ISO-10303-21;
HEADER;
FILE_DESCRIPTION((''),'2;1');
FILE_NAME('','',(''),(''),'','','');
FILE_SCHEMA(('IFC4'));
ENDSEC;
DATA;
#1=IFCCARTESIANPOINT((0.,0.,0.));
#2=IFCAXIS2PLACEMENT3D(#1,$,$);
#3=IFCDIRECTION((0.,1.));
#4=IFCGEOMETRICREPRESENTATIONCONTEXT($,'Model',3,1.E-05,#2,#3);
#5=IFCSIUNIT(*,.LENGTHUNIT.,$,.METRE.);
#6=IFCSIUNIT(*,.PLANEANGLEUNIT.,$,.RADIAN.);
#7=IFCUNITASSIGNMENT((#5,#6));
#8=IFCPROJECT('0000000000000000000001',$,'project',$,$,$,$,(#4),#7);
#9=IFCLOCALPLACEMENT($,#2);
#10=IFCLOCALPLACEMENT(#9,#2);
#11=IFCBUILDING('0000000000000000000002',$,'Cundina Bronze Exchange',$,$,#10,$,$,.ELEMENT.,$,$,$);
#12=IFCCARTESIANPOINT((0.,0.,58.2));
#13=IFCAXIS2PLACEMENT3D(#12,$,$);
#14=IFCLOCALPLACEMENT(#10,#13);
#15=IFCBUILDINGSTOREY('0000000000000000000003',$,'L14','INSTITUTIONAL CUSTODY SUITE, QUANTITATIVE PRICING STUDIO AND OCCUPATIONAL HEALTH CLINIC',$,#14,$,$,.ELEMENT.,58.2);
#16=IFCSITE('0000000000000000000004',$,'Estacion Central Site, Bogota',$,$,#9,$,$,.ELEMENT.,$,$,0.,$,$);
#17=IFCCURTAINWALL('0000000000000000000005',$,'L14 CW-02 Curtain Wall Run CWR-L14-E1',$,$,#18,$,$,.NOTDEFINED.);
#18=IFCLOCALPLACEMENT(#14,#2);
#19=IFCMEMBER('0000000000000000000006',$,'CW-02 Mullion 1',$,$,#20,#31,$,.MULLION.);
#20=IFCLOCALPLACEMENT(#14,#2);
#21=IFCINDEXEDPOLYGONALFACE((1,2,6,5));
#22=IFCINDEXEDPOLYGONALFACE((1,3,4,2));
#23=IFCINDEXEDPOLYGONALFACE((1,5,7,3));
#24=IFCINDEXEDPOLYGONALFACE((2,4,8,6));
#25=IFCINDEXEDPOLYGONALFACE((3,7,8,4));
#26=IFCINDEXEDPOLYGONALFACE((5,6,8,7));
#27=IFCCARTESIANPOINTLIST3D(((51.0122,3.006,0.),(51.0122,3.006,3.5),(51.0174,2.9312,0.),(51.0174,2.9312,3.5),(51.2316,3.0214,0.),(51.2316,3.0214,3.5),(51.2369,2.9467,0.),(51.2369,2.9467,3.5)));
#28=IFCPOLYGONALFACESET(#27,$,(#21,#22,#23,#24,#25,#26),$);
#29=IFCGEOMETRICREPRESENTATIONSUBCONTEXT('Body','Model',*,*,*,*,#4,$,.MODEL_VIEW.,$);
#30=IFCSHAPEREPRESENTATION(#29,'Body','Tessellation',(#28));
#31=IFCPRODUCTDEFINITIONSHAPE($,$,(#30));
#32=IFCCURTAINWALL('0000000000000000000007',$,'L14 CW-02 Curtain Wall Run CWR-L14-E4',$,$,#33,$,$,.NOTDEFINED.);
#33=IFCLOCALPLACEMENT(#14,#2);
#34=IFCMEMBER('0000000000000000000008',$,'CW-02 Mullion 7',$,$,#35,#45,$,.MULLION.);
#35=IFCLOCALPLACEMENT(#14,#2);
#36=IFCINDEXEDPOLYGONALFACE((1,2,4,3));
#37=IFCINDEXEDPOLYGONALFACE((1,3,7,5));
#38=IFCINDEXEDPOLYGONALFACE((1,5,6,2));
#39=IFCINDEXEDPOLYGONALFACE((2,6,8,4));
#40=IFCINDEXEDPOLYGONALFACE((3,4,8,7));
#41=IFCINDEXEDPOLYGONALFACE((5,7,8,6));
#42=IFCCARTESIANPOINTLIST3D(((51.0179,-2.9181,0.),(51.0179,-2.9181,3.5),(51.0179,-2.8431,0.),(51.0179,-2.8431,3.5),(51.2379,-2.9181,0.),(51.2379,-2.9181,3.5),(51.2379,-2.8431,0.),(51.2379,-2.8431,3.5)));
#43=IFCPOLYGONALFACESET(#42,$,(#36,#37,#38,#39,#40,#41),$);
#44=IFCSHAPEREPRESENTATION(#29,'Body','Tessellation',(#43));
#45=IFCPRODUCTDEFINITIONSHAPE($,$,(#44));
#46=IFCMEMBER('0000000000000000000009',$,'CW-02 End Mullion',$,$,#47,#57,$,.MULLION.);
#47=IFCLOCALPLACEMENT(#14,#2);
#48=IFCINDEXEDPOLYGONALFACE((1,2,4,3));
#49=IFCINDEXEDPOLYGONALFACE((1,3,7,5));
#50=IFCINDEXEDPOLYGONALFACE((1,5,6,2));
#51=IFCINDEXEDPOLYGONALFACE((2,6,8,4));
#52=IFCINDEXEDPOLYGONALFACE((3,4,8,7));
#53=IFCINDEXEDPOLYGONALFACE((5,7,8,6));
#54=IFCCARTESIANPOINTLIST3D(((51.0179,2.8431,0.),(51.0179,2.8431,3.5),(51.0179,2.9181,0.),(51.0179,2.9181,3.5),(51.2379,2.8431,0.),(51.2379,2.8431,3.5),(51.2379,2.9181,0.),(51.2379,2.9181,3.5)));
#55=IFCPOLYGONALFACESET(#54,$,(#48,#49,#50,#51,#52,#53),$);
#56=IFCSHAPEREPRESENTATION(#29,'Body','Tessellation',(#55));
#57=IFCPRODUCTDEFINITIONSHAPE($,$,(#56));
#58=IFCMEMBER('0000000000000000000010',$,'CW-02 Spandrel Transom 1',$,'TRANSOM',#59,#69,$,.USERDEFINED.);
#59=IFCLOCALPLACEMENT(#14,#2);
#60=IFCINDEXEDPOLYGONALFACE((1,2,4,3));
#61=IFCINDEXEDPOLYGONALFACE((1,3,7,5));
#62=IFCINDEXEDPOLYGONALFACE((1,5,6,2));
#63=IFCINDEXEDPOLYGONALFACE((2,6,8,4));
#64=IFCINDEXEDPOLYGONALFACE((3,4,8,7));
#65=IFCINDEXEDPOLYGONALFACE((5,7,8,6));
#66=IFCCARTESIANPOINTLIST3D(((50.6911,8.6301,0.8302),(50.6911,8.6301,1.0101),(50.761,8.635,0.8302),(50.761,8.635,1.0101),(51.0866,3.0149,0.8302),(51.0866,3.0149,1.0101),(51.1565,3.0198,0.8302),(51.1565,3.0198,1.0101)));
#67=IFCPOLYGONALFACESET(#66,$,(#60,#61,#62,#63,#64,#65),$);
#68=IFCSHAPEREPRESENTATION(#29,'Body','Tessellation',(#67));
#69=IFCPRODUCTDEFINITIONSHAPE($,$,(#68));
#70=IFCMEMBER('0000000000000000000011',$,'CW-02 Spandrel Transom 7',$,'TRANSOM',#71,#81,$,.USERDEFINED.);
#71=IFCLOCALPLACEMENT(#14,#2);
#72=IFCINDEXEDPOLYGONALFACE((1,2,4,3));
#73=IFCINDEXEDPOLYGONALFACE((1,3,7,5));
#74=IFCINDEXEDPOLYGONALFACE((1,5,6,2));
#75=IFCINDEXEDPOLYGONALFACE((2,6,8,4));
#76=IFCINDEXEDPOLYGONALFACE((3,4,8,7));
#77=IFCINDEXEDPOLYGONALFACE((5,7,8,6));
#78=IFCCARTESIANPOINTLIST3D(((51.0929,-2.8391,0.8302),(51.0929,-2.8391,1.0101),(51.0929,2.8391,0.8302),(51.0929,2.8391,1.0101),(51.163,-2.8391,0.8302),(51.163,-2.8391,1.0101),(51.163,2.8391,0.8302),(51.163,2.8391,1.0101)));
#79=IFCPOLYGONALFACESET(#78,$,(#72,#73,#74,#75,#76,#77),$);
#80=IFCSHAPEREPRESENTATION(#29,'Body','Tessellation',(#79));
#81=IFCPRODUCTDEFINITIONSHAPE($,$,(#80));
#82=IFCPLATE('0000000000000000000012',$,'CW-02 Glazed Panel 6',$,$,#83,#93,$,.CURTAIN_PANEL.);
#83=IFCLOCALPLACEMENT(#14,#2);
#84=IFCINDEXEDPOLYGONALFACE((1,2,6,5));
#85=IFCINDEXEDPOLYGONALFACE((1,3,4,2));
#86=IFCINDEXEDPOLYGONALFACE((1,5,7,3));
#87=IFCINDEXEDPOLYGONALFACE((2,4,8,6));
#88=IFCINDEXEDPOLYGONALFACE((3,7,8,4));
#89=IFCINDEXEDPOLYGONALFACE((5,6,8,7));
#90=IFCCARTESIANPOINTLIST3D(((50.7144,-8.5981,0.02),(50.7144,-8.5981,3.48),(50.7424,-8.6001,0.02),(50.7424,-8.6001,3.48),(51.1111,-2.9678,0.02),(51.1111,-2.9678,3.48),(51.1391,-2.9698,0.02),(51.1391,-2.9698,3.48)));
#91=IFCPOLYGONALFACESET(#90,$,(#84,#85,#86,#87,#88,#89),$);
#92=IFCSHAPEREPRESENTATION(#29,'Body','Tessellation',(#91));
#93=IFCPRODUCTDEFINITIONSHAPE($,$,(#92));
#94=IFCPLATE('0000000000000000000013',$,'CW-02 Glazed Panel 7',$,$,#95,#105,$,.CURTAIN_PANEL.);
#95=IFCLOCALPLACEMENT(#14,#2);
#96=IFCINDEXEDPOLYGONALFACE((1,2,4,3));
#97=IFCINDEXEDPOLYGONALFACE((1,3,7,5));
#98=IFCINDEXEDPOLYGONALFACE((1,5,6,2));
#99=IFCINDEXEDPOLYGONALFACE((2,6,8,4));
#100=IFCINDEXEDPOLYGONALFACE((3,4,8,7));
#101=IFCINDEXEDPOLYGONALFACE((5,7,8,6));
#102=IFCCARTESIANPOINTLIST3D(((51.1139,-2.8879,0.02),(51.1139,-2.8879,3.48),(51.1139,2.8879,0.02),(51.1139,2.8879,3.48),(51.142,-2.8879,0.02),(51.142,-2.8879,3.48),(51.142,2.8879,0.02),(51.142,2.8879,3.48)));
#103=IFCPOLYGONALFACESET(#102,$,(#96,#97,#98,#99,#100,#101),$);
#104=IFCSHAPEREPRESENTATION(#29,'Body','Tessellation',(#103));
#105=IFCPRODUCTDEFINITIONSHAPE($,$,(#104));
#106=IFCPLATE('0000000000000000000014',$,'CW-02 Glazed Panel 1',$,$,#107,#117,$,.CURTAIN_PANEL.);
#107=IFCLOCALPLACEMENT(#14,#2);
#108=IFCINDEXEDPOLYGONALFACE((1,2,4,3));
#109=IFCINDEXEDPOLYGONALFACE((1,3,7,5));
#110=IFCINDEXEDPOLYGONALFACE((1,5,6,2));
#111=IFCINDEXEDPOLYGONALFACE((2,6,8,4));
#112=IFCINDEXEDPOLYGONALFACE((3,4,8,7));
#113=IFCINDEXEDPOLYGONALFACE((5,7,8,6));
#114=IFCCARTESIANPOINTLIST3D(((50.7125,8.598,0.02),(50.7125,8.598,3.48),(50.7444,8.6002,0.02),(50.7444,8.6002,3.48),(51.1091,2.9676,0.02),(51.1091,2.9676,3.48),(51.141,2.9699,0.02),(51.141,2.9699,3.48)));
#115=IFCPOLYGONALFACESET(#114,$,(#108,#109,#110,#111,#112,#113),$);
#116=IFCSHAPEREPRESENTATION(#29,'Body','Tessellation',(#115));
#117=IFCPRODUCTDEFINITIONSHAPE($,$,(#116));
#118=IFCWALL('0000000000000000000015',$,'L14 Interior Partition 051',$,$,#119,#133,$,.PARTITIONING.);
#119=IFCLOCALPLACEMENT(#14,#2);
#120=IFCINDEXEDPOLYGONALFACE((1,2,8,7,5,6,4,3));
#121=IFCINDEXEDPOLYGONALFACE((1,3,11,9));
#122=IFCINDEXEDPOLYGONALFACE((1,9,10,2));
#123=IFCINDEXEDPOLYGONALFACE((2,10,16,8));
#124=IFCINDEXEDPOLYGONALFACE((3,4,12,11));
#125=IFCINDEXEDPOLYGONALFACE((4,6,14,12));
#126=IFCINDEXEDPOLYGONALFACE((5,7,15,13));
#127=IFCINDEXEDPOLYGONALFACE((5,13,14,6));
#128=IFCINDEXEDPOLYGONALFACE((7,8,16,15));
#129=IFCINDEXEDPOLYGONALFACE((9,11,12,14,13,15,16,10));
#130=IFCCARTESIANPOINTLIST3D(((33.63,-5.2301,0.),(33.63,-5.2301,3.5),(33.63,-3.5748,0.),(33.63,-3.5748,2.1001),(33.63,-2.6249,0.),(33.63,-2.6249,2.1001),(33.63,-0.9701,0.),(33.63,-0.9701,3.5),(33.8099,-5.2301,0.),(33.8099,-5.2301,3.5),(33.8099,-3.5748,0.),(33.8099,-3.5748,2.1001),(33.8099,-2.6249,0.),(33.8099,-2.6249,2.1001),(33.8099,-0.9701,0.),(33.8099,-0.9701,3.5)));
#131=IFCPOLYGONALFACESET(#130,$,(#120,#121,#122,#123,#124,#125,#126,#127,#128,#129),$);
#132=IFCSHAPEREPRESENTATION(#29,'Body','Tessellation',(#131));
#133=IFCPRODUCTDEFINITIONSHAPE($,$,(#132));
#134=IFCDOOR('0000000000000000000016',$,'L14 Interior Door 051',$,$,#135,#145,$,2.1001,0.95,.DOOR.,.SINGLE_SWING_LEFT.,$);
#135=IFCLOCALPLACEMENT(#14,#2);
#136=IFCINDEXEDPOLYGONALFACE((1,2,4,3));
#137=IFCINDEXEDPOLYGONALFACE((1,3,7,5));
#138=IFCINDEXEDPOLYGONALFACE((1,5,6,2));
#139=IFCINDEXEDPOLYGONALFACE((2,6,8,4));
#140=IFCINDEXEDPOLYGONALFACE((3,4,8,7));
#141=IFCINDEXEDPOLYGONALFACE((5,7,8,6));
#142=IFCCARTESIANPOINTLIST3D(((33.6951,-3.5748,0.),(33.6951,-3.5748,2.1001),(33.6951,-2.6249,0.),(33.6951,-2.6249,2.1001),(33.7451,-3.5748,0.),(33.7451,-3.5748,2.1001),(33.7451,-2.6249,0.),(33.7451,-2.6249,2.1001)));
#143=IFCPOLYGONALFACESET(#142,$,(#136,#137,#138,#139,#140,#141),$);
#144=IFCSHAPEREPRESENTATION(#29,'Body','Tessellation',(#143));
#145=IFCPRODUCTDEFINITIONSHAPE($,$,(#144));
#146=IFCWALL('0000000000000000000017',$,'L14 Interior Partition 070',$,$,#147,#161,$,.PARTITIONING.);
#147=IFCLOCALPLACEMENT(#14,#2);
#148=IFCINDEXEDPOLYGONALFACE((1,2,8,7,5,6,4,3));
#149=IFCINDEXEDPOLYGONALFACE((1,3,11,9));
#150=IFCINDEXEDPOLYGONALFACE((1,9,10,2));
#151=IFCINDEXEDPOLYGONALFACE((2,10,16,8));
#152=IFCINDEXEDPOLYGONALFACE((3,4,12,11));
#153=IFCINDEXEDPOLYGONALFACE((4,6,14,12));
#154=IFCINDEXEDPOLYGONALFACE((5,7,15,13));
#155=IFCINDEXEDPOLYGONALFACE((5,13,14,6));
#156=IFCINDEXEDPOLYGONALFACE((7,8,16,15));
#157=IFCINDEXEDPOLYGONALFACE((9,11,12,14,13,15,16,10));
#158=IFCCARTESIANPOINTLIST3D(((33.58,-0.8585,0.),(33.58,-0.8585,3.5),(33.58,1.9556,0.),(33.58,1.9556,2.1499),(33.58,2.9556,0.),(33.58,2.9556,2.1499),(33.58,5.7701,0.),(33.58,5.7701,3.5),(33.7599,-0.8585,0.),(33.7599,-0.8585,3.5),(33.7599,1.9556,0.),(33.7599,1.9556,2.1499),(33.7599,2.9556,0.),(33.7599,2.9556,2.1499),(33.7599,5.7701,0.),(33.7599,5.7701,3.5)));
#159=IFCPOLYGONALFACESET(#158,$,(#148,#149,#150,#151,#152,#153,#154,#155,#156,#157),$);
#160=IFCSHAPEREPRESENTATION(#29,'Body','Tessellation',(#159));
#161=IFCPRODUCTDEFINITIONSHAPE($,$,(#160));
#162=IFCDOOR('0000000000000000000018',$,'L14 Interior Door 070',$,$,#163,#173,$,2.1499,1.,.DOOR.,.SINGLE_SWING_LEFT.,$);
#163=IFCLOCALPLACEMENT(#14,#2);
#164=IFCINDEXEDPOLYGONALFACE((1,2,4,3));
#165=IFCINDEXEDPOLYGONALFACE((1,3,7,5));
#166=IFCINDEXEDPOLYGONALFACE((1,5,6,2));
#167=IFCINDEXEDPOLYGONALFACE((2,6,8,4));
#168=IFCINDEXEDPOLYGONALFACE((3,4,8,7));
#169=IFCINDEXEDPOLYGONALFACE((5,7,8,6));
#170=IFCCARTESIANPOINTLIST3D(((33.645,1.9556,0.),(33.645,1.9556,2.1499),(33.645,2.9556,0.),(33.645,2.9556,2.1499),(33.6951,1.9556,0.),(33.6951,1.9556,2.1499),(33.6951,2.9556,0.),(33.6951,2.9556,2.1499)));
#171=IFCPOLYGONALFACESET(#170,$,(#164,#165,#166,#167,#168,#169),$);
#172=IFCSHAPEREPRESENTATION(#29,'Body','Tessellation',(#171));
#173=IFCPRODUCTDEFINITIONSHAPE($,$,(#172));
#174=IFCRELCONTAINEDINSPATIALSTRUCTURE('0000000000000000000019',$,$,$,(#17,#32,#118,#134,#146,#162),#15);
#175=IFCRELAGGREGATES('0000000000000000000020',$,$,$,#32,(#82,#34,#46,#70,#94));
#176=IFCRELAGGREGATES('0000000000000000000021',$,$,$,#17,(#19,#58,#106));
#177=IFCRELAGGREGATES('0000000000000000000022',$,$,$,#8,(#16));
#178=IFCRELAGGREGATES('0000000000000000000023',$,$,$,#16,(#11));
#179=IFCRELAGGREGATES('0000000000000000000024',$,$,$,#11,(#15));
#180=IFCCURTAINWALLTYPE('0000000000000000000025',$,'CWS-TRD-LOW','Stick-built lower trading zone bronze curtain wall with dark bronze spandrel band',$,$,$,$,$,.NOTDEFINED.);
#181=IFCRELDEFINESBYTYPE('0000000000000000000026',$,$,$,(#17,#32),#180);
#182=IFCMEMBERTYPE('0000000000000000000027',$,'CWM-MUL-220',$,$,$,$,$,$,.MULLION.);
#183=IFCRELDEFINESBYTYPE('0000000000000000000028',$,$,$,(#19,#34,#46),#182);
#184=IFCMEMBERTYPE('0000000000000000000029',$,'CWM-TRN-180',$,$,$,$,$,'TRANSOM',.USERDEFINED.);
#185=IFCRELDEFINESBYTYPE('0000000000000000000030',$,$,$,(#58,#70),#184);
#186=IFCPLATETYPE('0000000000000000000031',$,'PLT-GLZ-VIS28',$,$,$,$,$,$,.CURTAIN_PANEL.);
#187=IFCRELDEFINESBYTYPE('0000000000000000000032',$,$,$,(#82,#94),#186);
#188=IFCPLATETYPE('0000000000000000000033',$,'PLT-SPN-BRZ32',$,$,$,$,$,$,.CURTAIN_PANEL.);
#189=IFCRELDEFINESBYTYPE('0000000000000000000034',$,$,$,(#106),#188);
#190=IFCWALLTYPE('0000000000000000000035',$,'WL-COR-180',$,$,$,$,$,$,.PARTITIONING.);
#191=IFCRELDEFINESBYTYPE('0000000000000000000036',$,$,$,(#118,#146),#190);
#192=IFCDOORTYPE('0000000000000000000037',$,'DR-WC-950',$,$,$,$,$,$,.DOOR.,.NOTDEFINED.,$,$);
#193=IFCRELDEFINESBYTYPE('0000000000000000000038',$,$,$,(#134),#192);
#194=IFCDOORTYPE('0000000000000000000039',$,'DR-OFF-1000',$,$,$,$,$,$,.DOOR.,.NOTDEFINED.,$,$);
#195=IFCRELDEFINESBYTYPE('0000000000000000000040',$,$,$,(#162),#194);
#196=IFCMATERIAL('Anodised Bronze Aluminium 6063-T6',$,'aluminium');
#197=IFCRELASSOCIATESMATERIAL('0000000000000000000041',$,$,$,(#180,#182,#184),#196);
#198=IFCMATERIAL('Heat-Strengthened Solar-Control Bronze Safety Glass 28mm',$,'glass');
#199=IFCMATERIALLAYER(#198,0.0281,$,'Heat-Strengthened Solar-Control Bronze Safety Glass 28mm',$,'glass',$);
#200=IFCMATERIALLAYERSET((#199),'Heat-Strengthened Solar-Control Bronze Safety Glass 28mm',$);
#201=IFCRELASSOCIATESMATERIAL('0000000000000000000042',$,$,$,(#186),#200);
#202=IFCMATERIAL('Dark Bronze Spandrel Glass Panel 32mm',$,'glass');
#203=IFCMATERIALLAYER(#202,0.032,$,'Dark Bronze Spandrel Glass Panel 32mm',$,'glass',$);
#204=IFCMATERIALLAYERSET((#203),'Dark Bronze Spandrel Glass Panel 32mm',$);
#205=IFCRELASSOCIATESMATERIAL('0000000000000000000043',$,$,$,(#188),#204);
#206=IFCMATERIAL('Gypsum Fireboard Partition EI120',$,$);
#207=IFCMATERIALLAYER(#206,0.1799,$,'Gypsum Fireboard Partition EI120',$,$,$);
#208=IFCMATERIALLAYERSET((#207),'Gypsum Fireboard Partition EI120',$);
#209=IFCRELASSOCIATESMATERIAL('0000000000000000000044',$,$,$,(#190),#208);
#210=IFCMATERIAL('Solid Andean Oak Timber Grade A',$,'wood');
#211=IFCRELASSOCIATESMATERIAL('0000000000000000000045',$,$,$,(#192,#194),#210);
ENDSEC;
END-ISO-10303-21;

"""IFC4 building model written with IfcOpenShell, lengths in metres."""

from ifc_helpers import new_model, si_unit, direction, frame, frame_2d, origin, origin_2d, place, context, subcontext, project, spatial, rectangle, extrude, material, layer, layer_set, material_profile, profile_set, type_object, element, fill, aggregate, save


model = new_model("IFC4")

# Units and contexts
model_context = context("Model", 3, precision=1e-05, world=origin(), true_north=direction((0.0, 1.0)))
body_context = subcontext(model_context, "Body", "Model", "MODEL_VIEW")
ifc_project = project(units=[si_unit("LENGTHUNIT", "METRE"), si_unit("PLANEANGLEUNIT", "RADIAN")], contexts=[model_context])

# Site, building, storey
site_placement = place(None, origin())
site = spatial("IfcSite", under=ifc_project, at=site_placement, Name="Estacion Central Site, Bogota", CompositionType="ELEMENT", RefElevation=0.0)
building_placement = place(site_placement, origin())
building = spatial("IfcBuilding", under=site, at=building_placement, Name="Cundina Bronze Exchange", CompositionType="ELEMENT")
storey_placement = place(building_placement, frame((0.0, 0.0, 58.2)))
storey = spatial("IfcBuildingStorey", under=building, at=storey_placement, Name="L14", Description="INSTITUTIONAL CUSTODY SUITE, QUANTITATIVE PRICING STUDIO AND OCCUPATIONAL HEALTH CLINIC", CompositionType="ELEMENT", Elevation=58.2)

# Curtain wall, member
ifc_material_1 = material(Name="Anodised Bronze Aluminium 6063-T6", Category="aluminium")
curtain_wall_type = type_object("IfcCurtainWallType", Name="CWS-TRD-LOW", Description="Stick-built lower trading zone bronze curtain wall with dark bronze spandrel band", PredefinedType="NOTDEFINED", material=ifc_material_1)
curtain_wall_1_placement = place(storey_placement, origin())
curtain_wall_1 = element("IfcCurtainWall", 1, at=curtain_wall_1_placement, inside=storey, type_object=curtain_wall_type, Name="L14 CW-02 Curtain Wall Run CWR-L14-E1", PredefinedType="NOTDEFINED")
ifc_material_profile_1 = material_profile(ifc_material_1, rectangle(XDim=0.075, YDim=0.22, at=origin_2d()), Name="AL75X220", Category="aluminium")
ifc_profile_set_1 = profile_set([ifc_material_profile_1], Name="Anodised Bronze Aluminium 6063-T6")
member_type_1 = type_object("IfcMemberType", Name="CWM-MUL-220", PredefinedType="MULLION", material=ifc_profile_set_1)
member_1_placement = place(storey_placement, frame((51.1245, 2.9763, 0.0), z_axis=(0.0, 0.0, 1.0), x_axis=(-0.070279, 0.997527, 0.0)))
member_1 = element("IfcMember", 2, at=member_1_placement, type_object=member_type_1, Name="CW-02 Mullion 1", PredefinedType="MULLION", context=body_context, shape_type="SweptSolid", body=[
    extrude(rectangle(XDim=0.075, YDim=0.22, at=origin_2d()), origin(), (0.0, 0.0, 1.0), 3.5),
])

# Curtain wall, members
curtain_wall_2_placement = place(storey_placement, origin())
curtain_wall_2 = element("IfcCurtainWall", 3, at=curtain_wall_2_placement, inside=storey, type_object=curtain_wall_type, Name="L14 CW-02 Curtain Wall Run CWR-L14-E4", PredefinedType="NOTDEFINED")
member_2_placement = place(storey_placement, frame((51.1279, -2.8806, 0.0), z_axis=(0.0, 0.0, 1.0), x_axis=(0.0, 1.0, 0.0)))
member_2 = element("IfcMember", 4, at=member_2_placement, type_object=member_type_1, Name="CW-02 Mullion 7", PredefinedType="MULLION", context=body_context, shape_type="SweptSolid", body=[
    extrude(rectangle(XDim=0.075, YDim=0.22, at=origin_2d()), origin(), (0.0, 0.0, 1.0), 3.5),
])
member_3_placement = place(storey_placement, frame((51.1279, 2.8806, 0.0), z_axis=(0.0, 0.0, 1.0), x_axis=(0.0, 1.0, 0.0)))
member_3 = element("IfcMember", 5, at=member_3_placement, type_object=member_type_1, Name="CW-02 End Mullion", PredefinedType="MULLION", context=body_context, shape_type="SweptSolid", body=[
    extrude(rectangle(XDim=0.075, YDim=0.22, at=origin_2d()), origin(), (0.0, 0.0, 1.0), 3.5),
])

# Members
ifc_material_profile_2 = material_profile(ifc_material_1, rectangle(XDim=0.0701, YDim=0.1799, at=origin_2d()), Name="AL70X180", Category="aluminium")
ifc_profile_set_2 = profile_set([ifc_material_profile_2], Name="Anodised Bronze Aluminium 6063-T6")
member_type_2 = type_object("IfcMemberType", Name="CWM-TRN-180", ElementType="TRANSOM", PredefinedType="USERDEFINED", material=ifc_profile_set_2)
member_4_placement = place(storey_placement, frame((51.1216, 3.0173, 0.9202), z_axis=(-0.070261, 0.997529, 0.0), x_axis=(-0.997529, -0.070261, 0.0)))
member_4 = element("IfcMember", 6, at=member_4_placement, type_object=member_type_2, Name="CW-02 Spandrel Transom 1", ObjectType="TRANSOM", PredefinedType="USERDEFINED", context=body_context, shape_type="SweptSolid", body=[
    extrude(rectangle(XDim=0.0701, YDim=0.1799, at=origin_2d()), origin(), (0.0, 0.0, 1.0), 5.6292),
])
member_5_placement = place(storey_placement, frame((51.1279, -2.8391, 0.9202), z_axis=(0.0, 1.0, 0.0), x_axis=(-1.0, 0.0, 0.0)))
member_5 = element("IfcMember", 7, at=member_5_placement, type_object=member_type_2, Name="CW-02 Spandrel Transom 7", ObjectType="TRANSOM", PredefinedType="USERDEFINED", context=body_context, shape_type="SweptSolid", body=[
    extrude(rectangle(XDim=0.0701, YDim=0.1799, at=origin_2d()), origin(), (0.0, 0.0, 1.0), 5.6782),
])

# Plates
ifc_material_2 = material(Name="Heat-Strengthened Solar-Control Bronze Safety Glass 28mm", Category="glass")
ifc_layer_1 = layer(ifc_material_2, 0.0281, Name="Heat-Strengthened Solar-Control Bronze Safety Glass 28mm", Category="glass")
ifc_layer_set_1 = layer_set([ifc_layer_1], Name="Heat-Strengthened Solar-Control Bronze Safety Glass 28mm")
plate_type_1 = type_object("IfcPlateType", Name="PLT-GLZ-VIS28", PredefinedType="CURTAIN_PANEL", material=ifc_layer_set_1)
plate_1_placement = place(storey_placement, frame((50.9268, -5.7839, 0.02), z_axis=(0.0, 0.0, 1.0), x_axis=(0.070279, 0.997527, 0.0)))
plate_1 = element("IfcPlate", 8, at=plate_1_placement, type_object=plate_type_1, Name="CW-02 Glazed Panel 6", PredefinedType="CURTAIN_PANEL", context=body_context, shape_type="SweptSolid", body=[
    extrude(rectangle(XDim=5.6443, YDim=0.0281, at=origin_2d()), origin(), (0.0, 0.0, 1.0), 3.46),
])
plate_2_placement = place(storey_placement, frame((51.1279, 0.0, 0.02), z_axis=(0.0, 0.0, 1.0), x_axis=(0.0, 1.0, 0.0)))
plate_2 = element("IfcPlate", 9, at=plate_2_placement, type_object=plate_type_1, Name="CW-02 Glazed Panel 7", PredefinedType="CURTAIN_PANEL", context=body_context, shape_type="SweptSolid", body=[
    extrude(rectangle(XDim=5.7759, YDim=0.0281, at=origin_2d()), origin(), (0.0, 0.0, 1.0), 3.46),
])
aggregate(curtain_wall_2, [plate_1, member_2, member_3, member_5, plate_2])
ifc_material_3 = material(Name="Dark Bronze Spandrel Glass Panel 32mm", Category="glass")
ifc_layer_2 = layer(ifc_material_3, 0.032, Name="Dark Bronze Spandrel Glass Panel 32mm", Category="glass")
ifc_layer_set_2 = layer_set([ifc_layer_2], Name="Dark Bronze Spandrel Glass Panel 32mm")
plate_type_2 = type_object("IfcPlateType", Name="PLT-SPN-BRZ32", PredefinedType="CURTAIN_PANEL", material=ifc_layer_set_2)
plate_3_placement = place(storey_placement, frame((50.9268, 5.7839, 0.02), z_axis=(0.0, 0.0, 1.0), x_axis=(-0.070279, 0.997527, 0.0)))
plate_3 = element("IfcPlate", 10, at=plate_3_placement, type_object=plate_type_2, Name="CW-02 Glazed Panel 1", PredefinedType="CURTAIN_PANEL", context=body_context, shape_type="SweptSolid", body=[
    extrude(rectangle(XDim=5.6443, YDim=0.032, at=origin_2d()), origin(), (0.0, 0.0, 1.0), 3.46),
])
aggregate(curtain_wall_1, [member_1, member_4, plate_3])

# Walls, openings, doors
ifc_material_4 = material(Name="Gypsum Fireboard Partition EI120")
ifc_layer_3 = layer(ifc_material_4, 0.1799, Name="Gypsum Fireboard Partition EI120")
ifc_layer_set_3 = layer_set([ifc_layer_3], Name="Gypsum Fireboard Partition EI120")
wall_type_1 = type_object("IfcWallType", Name="WL-COR-180", PredefinedType="PARTITIONING", material=ifc_layer_set_3)
wall_1_placement = place(storey_placement, frame((33.72, -5.23, 0.0), z_axis=(0.0, 0.0, 1.0), x_axis=(0.0, 1.0, 0.0)))
wall_1 = element("IfcWall", 11, at=wall_1_placement, inside=storey, type_object=wall_type_1, Name="L14 Interior Partition 051", PredefinedType="PARTITIONING", context=body_context, shape_type="SweptSolid", body=[
    extrude(rectangle(XDim=4.26, YDim=0.1799, at=frame_2d((2.1299, 0.0))), origin(), (0.0, 0.0, 1.0), 3.5),
])
opening_1_placement = place(wall_1_placement, frame((1.655, 0.0, 0.0)))
opening_1 = element("IfcOpeningElement", 12, at=opening_1_placement, cuts=wall_1, PredefinedType="OPENING", context=body_context, shape_type="SweptSolid", body=[
    extrude(rectangle(XDim=0.95, YDim=2.1001, at=frame_2d((0.4751, 1.05))), frame((0.0, 0.0999, 0.0), z_axis=(0.0, -1.0, 0.0), x_axis=(1.0, 0.0, 0.0)), (0.0, 0.0, 1.0), 0.2),
])
ifc_material_5 = material(Name="Solid Andean Oak Timber Grade A", Category="wood")
door_type_1 = type_object("IfcDoorType", Name="DR-WC-950", OperationType="NOTDEFINED", PredefinedType="DOOR", material=ifc_material_5)
door_1_placement = place(opening_1_placement, origin())
door_1 = element("IfcDoor", 13, at=door_1_placement, inside=storey, type_object=door_type_1, Name="L14 Interior Door 051", OperationType="SINGLE_SWING_LEFT", OverallHeight=2.1001, OverallWidth=0.95, PredefinedType="DOOR", context=body_context, shape_type="SweptSolid", body=[
    extrude(rectangle(XDim=0.95, YDim=2.1001, at=frame_2d((0.4751, 1.05))), frame((0.0, 0.0249, 0.0), z_axis=(0.0, -1.0, 0.0), x_axis=(1.0, 0.0, 0.0)), (0.0, 0.0, 1.0), 0.05),
])
fill(opening_1, door_1)
wall_2_placement = place(storey_placement, frame((33.6699, -0.8586, 0.0), z_axis=(0.0, 0.0, 1.0), x_axis=(0.0, 1.0, 0.0)))
wall_2 = element("IfcWall", 14, at=wall_2_placement, inside=storey, type_object=wall_type_1, Name="L14 Interior Partition 070", PredefinedType="PARTITIONING", context=body_context, shape_type="SweptSolid", body=[
    extrude(rectangle(XDim=6.6287, YDim=0.1799, at=frame_2d((3.3145, 0.0))), origin(), (0.0, 0.0, 1.0), 3.5),
])
opening_2_placement = place(wall_2_placement, frame((2.8142, 0.0, 0.0)))
opening_2 = element("IfcOpeningElement", 15, at=opening_2_placement, cuts=wall_2, PredefinedType="OPENING", context=body_context, shape_type="SweptSolid", body=[
    extrude(rectangle(XDim=1.0, YDim=2.1499, at=frame_2d((0.5, 1.075))), frame((0.0, 0.0999, 0.0), z_axis=(0.0, -1.0, 0.0), x_axis=(1.0, 0.0, 0.0)), (0.0, 0.0, 1.0), 0.2),
])
door_type_2 = type_object("IfcDoorType", Name="DR-OFF-1000", OperationType="NOTDEFINED", PredefinedType="DOOR", material=ifc_material_5)
door_2_placement = place(opening_2_placement, origin())
door_2 = element("IfcDoor", 16, at=door_2_placement, inside=storey, type_object=door_type_2, Name="L14 Interior Door 070", OperationType="SINGLE_SWING_LEFT", OverallHeight=2.1499, OverallWidth=1.0, PredefinedType="DOOR", context=body_context, shape_type="SweptSolid", body=[
    extrude(rectangle(XDim=1.0, YDim=2.1499, at=frame_2d((0.5, 1.075))), frame((0.0, 0.0249, 0.0), z_axis=(0.0, -1.0, 0.0), x_axis=(1.0, 0.0, 0.0)), (0.0, 0.0, 1.0), 0.05),
])
fill(opening_2, door_2)

save(model, "model.ifc")
